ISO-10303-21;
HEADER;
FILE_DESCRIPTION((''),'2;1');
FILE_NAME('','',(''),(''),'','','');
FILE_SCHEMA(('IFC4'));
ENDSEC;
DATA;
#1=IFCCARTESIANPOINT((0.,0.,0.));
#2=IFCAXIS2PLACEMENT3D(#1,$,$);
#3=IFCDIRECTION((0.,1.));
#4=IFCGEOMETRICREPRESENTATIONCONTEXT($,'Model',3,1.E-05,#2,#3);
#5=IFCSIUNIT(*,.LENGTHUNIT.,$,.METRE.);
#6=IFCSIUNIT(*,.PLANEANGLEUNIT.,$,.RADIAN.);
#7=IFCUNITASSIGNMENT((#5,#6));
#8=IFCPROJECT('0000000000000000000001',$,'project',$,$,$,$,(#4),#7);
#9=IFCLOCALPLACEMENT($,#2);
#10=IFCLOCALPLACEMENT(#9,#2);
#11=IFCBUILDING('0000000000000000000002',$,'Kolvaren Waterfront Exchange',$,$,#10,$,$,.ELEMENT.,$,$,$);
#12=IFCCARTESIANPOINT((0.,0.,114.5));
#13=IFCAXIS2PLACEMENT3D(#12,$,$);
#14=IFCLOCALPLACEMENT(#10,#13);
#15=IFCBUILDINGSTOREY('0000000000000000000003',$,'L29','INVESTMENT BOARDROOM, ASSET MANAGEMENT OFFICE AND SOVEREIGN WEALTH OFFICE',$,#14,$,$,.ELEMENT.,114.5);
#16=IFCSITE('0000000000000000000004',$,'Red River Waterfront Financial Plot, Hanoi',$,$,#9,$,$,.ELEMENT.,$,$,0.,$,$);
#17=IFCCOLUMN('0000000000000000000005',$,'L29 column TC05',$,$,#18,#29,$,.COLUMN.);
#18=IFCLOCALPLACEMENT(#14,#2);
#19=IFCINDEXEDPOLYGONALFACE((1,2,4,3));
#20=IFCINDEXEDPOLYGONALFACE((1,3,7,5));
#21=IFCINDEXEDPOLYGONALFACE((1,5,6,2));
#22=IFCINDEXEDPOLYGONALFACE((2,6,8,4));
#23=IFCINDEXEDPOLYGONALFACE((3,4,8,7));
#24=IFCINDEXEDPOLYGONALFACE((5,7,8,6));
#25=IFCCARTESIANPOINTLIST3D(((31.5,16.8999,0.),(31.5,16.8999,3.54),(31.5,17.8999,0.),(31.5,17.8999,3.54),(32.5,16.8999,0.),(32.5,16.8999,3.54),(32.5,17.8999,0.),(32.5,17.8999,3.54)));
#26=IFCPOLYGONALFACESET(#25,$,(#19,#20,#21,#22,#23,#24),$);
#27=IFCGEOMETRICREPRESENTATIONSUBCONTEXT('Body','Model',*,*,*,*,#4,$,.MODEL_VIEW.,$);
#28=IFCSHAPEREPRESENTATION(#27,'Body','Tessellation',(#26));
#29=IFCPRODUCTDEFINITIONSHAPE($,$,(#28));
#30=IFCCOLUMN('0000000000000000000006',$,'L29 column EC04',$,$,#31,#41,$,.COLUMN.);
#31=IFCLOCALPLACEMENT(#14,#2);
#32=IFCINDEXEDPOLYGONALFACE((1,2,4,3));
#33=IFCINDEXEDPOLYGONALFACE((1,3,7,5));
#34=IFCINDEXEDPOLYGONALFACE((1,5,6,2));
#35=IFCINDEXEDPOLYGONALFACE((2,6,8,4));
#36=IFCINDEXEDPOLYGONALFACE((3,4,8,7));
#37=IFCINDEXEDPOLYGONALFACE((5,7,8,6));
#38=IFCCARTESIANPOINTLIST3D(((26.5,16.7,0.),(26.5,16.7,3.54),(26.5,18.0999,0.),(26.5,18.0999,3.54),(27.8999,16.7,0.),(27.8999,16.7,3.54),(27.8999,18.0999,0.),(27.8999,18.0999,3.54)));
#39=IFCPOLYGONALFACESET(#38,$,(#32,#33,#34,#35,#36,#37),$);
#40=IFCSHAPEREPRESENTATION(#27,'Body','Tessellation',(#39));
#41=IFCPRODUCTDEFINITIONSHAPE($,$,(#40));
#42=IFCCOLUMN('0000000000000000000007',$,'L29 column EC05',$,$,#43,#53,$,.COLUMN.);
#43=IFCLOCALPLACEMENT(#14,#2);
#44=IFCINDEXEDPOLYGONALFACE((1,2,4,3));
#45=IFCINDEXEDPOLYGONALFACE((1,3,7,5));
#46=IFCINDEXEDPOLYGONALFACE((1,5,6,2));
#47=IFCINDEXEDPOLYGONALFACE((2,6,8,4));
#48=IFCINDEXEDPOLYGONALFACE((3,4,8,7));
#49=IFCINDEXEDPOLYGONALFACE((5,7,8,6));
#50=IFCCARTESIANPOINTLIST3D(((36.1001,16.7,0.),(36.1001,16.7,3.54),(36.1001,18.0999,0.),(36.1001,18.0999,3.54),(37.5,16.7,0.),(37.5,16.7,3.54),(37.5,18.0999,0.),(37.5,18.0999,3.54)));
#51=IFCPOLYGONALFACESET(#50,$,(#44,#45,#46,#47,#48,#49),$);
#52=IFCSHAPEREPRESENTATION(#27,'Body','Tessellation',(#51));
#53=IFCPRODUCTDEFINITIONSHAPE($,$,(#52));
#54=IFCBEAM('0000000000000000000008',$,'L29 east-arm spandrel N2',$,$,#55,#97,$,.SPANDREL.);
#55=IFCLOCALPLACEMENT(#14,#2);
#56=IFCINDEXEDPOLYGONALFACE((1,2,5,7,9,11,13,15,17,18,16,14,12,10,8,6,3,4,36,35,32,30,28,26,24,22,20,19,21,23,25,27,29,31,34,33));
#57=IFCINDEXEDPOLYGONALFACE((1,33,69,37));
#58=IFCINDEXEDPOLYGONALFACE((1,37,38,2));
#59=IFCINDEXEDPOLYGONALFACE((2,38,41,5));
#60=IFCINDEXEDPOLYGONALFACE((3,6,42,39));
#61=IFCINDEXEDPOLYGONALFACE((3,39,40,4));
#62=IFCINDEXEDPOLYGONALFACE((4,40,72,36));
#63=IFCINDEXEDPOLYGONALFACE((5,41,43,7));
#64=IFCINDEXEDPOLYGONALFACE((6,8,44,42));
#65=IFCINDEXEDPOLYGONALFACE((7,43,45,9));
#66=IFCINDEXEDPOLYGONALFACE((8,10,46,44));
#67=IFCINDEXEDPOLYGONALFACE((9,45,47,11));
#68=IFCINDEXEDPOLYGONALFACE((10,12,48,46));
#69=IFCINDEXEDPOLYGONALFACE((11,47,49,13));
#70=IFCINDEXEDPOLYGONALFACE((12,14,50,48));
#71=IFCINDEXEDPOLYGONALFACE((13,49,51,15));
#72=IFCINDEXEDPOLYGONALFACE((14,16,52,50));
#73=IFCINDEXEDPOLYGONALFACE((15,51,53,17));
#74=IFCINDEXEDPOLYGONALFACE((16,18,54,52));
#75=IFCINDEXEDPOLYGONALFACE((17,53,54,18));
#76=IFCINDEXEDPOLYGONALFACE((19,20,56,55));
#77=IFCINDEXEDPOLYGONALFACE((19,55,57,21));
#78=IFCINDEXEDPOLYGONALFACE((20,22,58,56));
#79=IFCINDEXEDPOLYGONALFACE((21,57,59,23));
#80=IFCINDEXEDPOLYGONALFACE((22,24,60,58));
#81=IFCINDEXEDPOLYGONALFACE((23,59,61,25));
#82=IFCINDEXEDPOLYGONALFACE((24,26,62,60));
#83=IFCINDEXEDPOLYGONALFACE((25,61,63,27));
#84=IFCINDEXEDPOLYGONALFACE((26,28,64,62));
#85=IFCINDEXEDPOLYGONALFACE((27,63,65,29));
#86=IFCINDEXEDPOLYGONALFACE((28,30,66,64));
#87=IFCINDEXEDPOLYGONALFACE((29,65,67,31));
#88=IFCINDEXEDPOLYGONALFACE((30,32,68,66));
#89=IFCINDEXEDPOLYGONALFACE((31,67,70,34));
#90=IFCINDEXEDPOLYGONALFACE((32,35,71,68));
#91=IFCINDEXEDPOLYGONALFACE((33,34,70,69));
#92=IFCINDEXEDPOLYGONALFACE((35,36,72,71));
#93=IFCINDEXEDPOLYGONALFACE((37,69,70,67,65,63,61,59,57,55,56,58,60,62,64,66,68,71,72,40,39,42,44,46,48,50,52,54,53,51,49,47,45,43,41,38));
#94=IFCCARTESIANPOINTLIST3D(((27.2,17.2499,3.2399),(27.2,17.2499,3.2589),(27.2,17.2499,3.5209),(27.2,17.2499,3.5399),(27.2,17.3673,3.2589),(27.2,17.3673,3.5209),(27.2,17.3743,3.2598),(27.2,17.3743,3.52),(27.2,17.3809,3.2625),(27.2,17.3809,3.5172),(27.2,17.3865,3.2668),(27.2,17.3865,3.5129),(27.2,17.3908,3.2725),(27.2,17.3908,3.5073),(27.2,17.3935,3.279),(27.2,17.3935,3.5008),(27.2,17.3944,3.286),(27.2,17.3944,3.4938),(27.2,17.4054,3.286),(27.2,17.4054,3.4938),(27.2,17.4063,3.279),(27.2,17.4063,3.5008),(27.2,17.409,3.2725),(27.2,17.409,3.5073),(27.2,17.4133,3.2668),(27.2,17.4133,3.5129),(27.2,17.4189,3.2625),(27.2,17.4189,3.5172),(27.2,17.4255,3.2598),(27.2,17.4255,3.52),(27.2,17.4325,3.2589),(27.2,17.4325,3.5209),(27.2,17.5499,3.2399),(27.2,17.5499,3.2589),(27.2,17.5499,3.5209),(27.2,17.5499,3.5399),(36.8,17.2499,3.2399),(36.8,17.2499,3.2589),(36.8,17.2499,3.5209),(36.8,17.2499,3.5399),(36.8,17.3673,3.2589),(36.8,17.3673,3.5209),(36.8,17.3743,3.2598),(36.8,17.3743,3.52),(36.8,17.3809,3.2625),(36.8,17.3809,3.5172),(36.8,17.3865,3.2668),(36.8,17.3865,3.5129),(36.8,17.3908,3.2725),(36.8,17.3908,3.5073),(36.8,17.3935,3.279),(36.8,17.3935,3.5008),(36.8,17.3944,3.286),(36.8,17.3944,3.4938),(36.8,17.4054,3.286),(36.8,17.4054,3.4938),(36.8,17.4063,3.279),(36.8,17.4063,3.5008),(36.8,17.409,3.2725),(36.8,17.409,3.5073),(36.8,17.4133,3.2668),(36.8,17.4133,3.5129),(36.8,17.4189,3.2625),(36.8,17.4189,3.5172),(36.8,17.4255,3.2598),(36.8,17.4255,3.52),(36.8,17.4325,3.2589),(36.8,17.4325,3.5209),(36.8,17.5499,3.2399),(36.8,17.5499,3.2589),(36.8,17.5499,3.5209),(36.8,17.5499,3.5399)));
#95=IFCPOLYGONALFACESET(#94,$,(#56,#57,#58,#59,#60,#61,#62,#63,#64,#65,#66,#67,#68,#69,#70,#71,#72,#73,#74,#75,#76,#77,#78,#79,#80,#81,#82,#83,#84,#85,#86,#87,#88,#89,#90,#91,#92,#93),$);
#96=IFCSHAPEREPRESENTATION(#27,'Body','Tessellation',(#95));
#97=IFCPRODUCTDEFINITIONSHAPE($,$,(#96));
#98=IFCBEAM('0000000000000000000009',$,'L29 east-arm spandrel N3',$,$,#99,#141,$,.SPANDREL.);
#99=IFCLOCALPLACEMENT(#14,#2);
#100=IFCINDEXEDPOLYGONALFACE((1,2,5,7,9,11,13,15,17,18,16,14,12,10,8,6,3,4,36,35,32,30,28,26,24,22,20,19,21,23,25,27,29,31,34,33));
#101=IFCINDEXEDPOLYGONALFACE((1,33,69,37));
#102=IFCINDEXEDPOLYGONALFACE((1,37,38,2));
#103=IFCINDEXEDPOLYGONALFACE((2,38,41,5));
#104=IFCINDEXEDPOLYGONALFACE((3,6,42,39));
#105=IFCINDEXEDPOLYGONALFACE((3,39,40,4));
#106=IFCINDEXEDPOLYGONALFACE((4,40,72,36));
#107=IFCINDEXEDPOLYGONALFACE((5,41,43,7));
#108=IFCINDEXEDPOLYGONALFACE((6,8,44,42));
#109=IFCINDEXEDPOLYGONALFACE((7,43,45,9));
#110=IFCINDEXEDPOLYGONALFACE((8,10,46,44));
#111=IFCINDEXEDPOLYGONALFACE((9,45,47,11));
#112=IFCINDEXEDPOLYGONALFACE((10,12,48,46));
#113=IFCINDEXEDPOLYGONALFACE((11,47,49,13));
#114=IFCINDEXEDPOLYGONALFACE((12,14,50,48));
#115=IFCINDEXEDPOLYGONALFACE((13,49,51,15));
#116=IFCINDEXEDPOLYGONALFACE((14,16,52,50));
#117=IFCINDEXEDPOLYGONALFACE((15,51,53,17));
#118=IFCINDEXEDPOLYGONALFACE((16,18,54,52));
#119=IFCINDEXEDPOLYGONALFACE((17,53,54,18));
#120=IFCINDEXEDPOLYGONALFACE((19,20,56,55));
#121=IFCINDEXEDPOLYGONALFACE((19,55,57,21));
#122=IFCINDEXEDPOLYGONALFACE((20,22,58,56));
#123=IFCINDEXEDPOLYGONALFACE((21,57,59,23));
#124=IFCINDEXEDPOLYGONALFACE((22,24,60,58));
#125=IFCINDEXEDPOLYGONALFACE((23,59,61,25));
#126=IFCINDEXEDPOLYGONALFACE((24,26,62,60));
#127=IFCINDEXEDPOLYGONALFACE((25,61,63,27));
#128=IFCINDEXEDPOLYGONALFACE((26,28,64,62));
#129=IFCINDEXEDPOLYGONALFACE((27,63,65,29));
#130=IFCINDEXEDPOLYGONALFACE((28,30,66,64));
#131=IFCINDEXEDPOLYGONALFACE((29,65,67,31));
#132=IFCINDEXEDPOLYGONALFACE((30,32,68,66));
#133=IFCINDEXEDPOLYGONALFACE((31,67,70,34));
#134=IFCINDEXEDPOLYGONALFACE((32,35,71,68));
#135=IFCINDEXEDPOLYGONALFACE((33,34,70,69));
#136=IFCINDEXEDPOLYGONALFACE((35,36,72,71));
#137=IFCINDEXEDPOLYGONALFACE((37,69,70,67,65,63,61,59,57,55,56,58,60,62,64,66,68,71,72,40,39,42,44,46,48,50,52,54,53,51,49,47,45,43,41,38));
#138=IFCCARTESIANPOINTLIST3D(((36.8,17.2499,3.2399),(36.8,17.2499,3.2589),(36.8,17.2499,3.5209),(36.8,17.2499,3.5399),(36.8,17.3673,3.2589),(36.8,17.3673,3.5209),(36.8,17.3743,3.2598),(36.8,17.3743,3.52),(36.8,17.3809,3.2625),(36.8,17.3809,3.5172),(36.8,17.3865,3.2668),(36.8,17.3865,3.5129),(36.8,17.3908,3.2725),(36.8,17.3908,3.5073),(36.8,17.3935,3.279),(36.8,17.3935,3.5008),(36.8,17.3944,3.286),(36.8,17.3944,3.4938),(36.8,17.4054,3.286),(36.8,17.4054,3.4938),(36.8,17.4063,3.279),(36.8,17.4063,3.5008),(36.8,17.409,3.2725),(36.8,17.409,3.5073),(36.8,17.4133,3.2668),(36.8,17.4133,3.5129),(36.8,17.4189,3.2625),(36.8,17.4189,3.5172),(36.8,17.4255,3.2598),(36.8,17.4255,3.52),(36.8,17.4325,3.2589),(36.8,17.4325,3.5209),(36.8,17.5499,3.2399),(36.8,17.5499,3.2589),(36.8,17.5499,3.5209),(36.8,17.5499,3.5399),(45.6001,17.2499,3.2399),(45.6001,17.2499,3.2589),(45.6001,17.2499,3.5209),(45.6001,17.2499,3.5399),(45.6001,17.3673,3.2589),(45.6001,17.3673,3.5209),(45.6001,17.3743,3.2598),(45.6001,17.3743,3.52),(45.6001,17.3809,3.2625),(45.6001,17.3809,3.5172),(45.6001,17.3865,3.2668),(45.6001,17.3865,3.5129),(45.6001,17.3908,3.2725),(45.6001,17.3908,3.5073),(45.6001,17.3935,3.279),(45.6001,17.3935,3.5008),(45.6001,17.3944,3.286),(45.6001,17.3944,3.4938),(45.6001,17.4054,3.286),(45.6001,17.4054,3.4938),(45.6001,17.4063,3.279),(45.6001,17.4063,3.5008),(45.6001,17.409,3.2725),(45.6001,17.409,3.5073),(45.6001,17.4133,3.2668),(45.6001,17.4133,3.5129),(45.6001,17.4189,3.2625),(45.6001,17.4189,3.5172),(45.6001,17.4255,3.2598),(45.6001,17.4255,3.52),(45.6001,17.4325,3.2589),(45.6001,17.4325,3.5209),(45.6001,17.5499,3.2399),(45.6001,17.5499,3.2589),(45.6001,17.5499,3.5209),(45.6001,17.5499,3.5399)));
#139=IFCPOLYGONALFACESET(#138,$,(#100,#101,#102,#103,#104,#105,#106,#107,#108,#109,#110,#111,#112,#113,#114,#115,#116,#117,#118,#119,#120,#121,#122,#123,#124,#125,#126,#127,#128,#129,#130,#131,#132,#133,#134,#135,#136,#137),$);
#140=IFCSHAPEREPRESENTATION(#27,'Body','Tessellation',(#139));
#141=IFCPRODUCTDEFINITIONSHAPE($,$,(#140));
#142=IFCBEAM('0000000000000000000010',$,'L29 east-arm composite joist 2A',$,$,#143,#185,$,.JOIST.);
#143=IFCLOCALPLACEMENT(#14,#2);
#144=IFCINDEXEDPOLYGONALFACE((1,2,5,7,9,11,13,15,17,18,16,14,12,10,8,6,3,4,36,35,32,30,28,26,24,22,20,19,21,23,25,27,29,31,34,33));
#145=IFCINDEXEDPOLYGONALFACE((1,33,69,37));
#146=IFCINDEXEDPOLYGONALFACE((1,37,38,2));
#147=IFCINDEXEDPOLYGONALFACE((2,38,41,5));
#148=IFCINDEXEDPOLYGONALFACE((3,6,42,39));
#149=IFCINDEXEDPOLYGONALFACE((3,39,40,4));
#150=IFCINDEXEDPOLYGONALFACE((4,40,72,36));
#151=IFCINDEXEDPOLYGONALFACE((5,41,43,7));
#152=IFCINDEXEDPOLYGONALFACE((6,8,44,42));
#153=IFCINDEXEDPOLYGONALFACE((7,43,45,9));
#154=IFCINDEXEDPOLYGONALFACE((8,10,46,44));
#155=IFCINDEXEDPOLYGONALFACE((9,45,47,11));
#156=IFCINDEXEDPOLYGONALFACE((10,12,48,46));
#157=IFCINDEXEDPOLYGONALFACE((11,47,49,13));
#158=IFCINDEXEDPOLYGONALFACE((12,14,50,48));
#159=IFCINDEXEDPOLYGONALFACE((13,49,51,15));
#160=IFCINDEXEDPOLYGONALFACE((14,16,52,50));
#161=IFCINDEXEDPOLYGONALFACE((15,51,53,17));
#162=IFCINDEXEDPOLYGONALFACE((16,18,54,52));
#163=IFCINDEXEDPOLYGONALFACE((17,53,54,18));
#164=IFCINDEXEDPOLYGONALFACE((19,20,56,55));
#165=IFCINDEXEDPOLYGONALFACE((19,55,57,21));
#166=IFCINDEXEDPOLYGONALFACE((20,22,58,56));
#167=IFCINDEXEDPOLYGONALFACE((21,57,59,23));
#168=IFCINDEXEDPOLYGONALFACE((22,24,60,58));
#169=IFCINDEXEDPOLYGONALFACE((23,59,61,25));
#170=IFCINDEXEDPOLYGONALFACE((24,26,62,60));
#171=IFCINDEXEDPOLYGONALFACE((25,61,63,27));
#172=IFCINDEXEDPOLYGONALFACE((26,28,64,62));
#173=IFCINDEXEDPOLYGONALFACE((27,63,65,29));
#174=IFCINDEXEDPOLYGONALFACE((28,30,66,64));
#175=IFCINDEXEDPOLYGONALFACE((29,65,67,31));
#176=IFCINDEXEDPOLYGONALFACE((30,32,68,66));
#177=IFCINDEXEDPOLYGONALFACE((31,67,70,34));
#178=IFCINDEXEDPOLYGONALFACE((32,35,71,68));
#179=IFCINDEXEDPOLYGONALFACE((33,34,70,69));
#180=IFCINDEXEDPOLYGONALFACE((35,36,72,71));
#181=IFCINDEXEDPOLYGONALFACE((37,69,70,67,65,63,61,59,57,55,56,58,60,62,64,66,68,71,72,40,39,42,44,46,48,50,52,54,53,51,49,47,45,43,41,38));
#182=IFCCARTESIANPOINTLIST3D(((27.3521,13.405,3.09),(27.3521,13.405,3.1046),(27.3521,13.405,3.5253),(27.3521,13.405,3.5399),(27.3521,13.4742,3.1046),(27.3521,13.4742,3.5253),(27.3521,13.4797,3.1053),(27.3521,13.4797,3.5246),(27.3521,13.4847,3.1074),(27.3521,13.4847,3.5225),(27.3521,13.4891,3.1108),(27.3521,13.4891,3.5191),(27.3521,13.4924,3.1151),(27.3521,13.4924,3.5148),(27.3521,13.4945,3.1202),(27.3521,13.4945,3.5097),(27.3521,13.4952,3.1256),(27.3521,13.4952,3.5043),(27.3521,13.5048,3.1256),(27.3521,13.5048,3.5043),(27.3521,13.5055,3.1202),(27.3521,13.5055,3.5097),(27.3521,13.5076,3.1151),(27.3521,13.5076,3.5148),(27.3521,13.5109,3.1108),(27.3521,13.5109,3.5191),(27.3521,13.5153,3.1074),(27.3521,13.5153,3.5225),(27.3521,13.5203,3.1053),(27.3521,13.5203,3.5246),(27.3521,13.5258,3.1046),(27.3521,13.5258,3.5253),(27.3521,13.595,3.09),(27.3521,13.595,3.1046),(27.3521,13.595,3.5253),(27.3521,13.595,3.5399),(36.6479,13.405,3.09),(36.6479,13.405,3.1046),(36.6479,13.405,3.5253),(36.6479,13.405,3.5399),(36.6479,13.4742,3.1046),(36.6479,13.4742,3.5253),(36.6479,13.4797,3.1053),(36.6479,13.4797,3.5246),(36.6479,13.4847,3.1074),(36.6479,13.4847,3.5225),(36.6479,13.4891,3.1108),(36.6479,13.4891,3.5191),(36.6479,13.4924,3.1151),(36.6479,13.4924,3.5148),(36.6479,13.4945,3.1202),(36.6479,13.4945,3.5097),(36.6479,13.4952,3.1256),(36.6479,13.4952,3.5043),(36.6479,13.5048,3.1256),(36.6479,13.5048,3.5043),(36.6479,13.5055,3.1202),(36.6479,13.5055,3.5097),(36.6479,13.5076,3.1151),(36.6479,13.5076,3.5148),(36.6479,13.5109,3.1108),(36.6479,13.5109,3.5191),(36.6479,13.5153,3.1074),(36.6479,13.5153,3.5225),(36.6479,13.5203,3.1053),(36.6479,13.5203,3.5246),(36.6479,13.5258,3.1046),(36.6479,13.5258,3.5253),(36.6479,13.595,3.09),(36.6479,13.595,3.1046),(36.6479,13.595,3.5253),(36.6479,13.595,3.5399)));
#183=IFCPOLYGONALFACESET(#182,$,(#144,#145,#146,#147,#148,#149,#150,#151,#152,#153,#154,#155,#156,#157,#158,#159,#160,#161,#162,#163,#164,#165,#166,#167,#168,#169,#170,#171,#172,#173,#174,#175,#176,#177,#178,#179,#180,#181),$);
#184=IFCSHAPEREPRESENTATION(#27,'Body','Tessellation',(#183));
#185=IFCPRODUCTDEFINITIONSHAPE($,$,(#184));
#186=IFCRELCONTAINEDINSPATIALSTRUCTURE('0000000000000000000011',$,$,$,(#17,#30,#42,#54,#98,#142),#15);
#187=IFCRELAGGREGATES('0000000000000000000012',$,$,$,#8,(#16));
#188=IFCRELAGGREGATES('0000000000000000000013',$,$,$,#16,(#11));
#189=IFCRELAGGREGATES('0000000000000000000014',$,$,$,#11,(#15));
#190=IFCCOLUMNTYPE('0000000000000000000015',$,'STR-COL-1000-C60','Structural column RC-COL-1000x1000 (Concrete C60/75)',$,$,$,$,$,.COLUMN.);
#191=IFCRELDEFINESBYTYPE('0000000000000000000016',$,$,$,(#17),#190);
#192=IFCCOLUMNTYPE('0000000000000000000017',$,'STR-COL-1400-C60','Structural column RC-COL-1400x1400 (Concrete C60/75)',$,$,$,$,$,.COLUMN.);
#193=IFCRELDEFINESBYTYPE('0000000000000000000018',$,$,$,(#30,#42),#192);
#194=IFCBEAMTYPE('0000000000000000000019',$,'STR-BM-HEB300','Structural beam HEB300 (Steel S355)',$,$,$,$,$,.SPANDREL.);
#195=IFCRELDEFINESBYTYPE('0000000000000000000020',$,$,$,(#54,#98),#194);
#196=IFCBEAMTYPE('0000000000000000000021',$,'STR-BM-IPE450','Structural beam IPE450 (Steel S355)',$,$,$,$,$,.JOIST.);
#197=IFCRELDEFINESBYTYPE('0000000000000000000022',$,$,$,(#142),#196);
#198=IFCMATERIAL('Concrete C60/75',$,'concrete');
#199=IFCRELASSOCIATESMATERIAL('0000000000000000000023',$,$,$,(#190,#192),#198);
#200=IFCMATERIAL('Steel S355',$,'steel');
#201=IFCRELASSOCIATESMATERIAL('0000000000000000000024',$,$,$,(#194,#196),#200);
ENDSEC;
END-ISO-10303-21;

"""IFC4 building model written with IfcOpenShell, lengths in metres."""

from ifc_helpers import new_model, si_unit, direction, frame, origin, origin_2d, place, context, subcontext, project, spatial, rectangle, i_section, extrude, material, material_profile, profile_set, type_object, element, save


model = new_model("IFC4")

# Units and contexts
model_context = context("Model", 3, precision=1e-05, world=origin(), true_north=direction((0.0, 1.0)))
body_context = subcontext(model_context, "Body", "Model", "MODEL_VIEW")
ifc_project = project(units=[si_unit("LENGTHUNIT", "METRE"), si_unit("PLANEANGLEUNIT", "RADIAN")], contexts=[model_context])

# Site, building, storey
site_placement = place(None, origin())
site = spatial("IfcSite", under=ifc_project, at=site_placement, Name="Red River Waterfront Financial Plot, Hanoi", CompositionType="ELEMENT", RefElevation=0.0)
building_placement = place(site_placement, origin())
building = spatial("IfcBuilding", under=site, at=building_placement, Name="Kolvaren Waterfront Exchange", CompositionType="ELEMENT")
storey_placement = place(building_placement, frame((0.0, 0.0, 114.5)))
storey = spatial("IfcBuildingStorey", under=building, at=storey_placement, Name="L29", Description="INVESTMENT BOARDROOM, ASSET MANAGEMENT OFFICE AND SOVEREIGN WEALTH OFFICE", CompositionType="ELEMENT", Elevation=114.5)

# Columns
ifc_material_1 = material(Name="Concrete C60/75", Category="concrete")
ifc_material_profile_1 = material_profile(ifc_material_1, rectangle(XDim=1.0, YDim=1.0, at=origin_2d()), Name="RC-COL-1000x1000")
ifc_profile_set_1 = profile_set([ifc_material_profile_1], Name="Concrete C60/75")
column_type_1 = type_object("IfcColumnType", Name="STR-COL-1000-C60", Description="Structural column RC-COL-1000x1000 (Concrete C60/75)", PredefinedType="COLUMN", material=ifc_profile_set_1)
column_placement = place(storey_placement, frame((32.0, 17.3999, 0.0), z_axis=(0.0, 0.0, 1.0), x_axis=(1.0, 0.0, 0.0)))
element("IfcColumn", 1, at=column_placement, inside=storey, type_object=column_type_1, Name="L29 column TC05", PredefinedType="COLUMN", context=body_context, shape_type="SweptSolid", body=[
    extrude(rectangle(XDim=1.0, YDim=1.0, at=origin_2d()), origin(), (0.0, 0.0, 1.0), 3.54),
])
ifc_material_profile_2 = material_profile(ifc_material_1, rectangle(XDim=1.3999, YDim=1.3999, at=origin_2d()), Name="RC-COL-1400x1400")
ifc_profile_set_2 = profile_set([ifc_material_profile_2], Name="Concrete C60/75")
column_type_2 = type_object("IfcColumnType", Name="STR-COL-1400-C60", Description="Structural column RC-COL-1400x1400 (Concrete C60/75)", PredefinedType="COLUMN", material=ifc_profile_set_2)
for number, where, z_axis, x_axis, name in (
    (2, (27.2, 17.3999, 0.0), (0.0, 0.0, 1.0), (1.0, 0.0, 0.0), "L29 column EC04"),
    (3, (36.8, 17.3999, 0.0), (0.0, 0.0, 1.0), (1.0, 0.0, 0.0), "L29 column EC05"),
):
    element("IfcColumn", number, at=place(storey_placement, frame(where, z_axis=z_axis, x_axis=x_axis)), inside=storey, type_object=column_type_2, Name=name, PredefinedType="COLUMN", context=body_context, shape_type="SweptSolid", body=[
        extrude(rectangle(XDim=1.3999, YDim=1.3999, at=origin_2d()), origin(), (0.0, 0.0, 1.0), 3.54),
    ])

# Beams
ifc_material_2 = material(Name="Steel S355", Category="steel")
ifc_material_profile_3 = material_profile(ifc_material_2, i_section(OverallWidth=0.3, OverallDepth=0.3, WebThickness=0.011, FlangeThickness=0.019, FilletRadius=0.0271, at=origin_2d()), Name="HEB300")
ifc_profile_set_3 = profile_set([ifc_material_profile_3], Name="Steel S355")
beam_type_1 = type_object("IfcBeamType", Name="STR-BM-HEB300", Description="Structural beam HEB300 (Steel S355)", PredefinedType="SPANDREL", material=ifc_profile_set_3)
beam_1_placement = place(storey_placement, frame((27.2, 17.3999, 3.3899), z_axis=(1.0, 0.0, 0.0), x_axis=(0.0, 1.0, 0.0)))
element("IfcBeam", 4, at=beam_1_placement, inside=storey, type_object=beam_type_1, Name="L29 east-arm spandrel N2", PredefinedType="SPANDREL", context=body_context, shape_type="SweptSolid", body=[
    extrude(i_section(OverallWidth=0.3, OverallDepth=0.3, WebThickness=0.011, FlangeThickness=0.019, FilletRadius=0.0271, at=origin_2d()), origin(), (0.0, 0.0, 1.0), 9.6001),
])
beam_2_placement = place(storey_placement, frame((36.8, 17.3999, 3.3899), z_axis=(1.0, 0.0, 0.0), x_axis=(0.0, 1.0, 0.0)))
element("IfcBeam", 5, at=beam_2_placement, inside=storey, type_object=beam_type_1, Name="L29 east-arm spandrel N3", PredefinedType="SPANDREL", context=body_context, shape_type="SweptSolid", body=[
    extrude(i_section(OverallWidth=0.3, OverallDepth=0.3, WebThickness=0.011, FlangeThickness=0.019, FilletRadius=0.0271, at=origin_2d()), origin(), (0.0, 0.0, 1.0), 8.8),
])
ifc_material_profile_4 = material_profile(ifc_material_2, i_section(OverallWidth=0.1899, OverallDepth=0.45, WebThickness=0.0095, FlangeThickness=0.0146, FilletRadius=0.021, at=origin_2d()), Name="IPE450")
ifc_profile_set_4 = profile_set([ifc_material_profile_4], Name="Steel S355")
beam_type_2 = type_object("IfcBeamType", Name="STR-BM-IPE450", Description="Structural beam IPE450 (Steel S355)", PredefinedType="JOIST", material=ifc_profile_set_4)
for number, where, z_axis, x_axis, name in (
    (6, (27.3521, 13.5, 3.3149), (1.0, 0.0, 0.0), (0.0, 1.0, 0.0), "L29 east-arm composite joist 2A"),
):
    element("IfcBeam", number, at=place(storey_placement, frame(where, z_axis=z_axis, x_axis=x_axis)), inside=storey, type_object=beam_type_2, Name=name, PredefinedType="JOIST", context=body_context, shape_type="SweptSolid", body=[
        extrude(i_section(OverallWidth=0.1899, OverallDepth=0.45, WebThickness=0.0095, FlangeThickness=0.0146, FilletRadius=0.021, at=origin_2d()), origin(), (0.0, 0.0, 1.0), 9.2959),
    ])

save(model, "model.ifc")
